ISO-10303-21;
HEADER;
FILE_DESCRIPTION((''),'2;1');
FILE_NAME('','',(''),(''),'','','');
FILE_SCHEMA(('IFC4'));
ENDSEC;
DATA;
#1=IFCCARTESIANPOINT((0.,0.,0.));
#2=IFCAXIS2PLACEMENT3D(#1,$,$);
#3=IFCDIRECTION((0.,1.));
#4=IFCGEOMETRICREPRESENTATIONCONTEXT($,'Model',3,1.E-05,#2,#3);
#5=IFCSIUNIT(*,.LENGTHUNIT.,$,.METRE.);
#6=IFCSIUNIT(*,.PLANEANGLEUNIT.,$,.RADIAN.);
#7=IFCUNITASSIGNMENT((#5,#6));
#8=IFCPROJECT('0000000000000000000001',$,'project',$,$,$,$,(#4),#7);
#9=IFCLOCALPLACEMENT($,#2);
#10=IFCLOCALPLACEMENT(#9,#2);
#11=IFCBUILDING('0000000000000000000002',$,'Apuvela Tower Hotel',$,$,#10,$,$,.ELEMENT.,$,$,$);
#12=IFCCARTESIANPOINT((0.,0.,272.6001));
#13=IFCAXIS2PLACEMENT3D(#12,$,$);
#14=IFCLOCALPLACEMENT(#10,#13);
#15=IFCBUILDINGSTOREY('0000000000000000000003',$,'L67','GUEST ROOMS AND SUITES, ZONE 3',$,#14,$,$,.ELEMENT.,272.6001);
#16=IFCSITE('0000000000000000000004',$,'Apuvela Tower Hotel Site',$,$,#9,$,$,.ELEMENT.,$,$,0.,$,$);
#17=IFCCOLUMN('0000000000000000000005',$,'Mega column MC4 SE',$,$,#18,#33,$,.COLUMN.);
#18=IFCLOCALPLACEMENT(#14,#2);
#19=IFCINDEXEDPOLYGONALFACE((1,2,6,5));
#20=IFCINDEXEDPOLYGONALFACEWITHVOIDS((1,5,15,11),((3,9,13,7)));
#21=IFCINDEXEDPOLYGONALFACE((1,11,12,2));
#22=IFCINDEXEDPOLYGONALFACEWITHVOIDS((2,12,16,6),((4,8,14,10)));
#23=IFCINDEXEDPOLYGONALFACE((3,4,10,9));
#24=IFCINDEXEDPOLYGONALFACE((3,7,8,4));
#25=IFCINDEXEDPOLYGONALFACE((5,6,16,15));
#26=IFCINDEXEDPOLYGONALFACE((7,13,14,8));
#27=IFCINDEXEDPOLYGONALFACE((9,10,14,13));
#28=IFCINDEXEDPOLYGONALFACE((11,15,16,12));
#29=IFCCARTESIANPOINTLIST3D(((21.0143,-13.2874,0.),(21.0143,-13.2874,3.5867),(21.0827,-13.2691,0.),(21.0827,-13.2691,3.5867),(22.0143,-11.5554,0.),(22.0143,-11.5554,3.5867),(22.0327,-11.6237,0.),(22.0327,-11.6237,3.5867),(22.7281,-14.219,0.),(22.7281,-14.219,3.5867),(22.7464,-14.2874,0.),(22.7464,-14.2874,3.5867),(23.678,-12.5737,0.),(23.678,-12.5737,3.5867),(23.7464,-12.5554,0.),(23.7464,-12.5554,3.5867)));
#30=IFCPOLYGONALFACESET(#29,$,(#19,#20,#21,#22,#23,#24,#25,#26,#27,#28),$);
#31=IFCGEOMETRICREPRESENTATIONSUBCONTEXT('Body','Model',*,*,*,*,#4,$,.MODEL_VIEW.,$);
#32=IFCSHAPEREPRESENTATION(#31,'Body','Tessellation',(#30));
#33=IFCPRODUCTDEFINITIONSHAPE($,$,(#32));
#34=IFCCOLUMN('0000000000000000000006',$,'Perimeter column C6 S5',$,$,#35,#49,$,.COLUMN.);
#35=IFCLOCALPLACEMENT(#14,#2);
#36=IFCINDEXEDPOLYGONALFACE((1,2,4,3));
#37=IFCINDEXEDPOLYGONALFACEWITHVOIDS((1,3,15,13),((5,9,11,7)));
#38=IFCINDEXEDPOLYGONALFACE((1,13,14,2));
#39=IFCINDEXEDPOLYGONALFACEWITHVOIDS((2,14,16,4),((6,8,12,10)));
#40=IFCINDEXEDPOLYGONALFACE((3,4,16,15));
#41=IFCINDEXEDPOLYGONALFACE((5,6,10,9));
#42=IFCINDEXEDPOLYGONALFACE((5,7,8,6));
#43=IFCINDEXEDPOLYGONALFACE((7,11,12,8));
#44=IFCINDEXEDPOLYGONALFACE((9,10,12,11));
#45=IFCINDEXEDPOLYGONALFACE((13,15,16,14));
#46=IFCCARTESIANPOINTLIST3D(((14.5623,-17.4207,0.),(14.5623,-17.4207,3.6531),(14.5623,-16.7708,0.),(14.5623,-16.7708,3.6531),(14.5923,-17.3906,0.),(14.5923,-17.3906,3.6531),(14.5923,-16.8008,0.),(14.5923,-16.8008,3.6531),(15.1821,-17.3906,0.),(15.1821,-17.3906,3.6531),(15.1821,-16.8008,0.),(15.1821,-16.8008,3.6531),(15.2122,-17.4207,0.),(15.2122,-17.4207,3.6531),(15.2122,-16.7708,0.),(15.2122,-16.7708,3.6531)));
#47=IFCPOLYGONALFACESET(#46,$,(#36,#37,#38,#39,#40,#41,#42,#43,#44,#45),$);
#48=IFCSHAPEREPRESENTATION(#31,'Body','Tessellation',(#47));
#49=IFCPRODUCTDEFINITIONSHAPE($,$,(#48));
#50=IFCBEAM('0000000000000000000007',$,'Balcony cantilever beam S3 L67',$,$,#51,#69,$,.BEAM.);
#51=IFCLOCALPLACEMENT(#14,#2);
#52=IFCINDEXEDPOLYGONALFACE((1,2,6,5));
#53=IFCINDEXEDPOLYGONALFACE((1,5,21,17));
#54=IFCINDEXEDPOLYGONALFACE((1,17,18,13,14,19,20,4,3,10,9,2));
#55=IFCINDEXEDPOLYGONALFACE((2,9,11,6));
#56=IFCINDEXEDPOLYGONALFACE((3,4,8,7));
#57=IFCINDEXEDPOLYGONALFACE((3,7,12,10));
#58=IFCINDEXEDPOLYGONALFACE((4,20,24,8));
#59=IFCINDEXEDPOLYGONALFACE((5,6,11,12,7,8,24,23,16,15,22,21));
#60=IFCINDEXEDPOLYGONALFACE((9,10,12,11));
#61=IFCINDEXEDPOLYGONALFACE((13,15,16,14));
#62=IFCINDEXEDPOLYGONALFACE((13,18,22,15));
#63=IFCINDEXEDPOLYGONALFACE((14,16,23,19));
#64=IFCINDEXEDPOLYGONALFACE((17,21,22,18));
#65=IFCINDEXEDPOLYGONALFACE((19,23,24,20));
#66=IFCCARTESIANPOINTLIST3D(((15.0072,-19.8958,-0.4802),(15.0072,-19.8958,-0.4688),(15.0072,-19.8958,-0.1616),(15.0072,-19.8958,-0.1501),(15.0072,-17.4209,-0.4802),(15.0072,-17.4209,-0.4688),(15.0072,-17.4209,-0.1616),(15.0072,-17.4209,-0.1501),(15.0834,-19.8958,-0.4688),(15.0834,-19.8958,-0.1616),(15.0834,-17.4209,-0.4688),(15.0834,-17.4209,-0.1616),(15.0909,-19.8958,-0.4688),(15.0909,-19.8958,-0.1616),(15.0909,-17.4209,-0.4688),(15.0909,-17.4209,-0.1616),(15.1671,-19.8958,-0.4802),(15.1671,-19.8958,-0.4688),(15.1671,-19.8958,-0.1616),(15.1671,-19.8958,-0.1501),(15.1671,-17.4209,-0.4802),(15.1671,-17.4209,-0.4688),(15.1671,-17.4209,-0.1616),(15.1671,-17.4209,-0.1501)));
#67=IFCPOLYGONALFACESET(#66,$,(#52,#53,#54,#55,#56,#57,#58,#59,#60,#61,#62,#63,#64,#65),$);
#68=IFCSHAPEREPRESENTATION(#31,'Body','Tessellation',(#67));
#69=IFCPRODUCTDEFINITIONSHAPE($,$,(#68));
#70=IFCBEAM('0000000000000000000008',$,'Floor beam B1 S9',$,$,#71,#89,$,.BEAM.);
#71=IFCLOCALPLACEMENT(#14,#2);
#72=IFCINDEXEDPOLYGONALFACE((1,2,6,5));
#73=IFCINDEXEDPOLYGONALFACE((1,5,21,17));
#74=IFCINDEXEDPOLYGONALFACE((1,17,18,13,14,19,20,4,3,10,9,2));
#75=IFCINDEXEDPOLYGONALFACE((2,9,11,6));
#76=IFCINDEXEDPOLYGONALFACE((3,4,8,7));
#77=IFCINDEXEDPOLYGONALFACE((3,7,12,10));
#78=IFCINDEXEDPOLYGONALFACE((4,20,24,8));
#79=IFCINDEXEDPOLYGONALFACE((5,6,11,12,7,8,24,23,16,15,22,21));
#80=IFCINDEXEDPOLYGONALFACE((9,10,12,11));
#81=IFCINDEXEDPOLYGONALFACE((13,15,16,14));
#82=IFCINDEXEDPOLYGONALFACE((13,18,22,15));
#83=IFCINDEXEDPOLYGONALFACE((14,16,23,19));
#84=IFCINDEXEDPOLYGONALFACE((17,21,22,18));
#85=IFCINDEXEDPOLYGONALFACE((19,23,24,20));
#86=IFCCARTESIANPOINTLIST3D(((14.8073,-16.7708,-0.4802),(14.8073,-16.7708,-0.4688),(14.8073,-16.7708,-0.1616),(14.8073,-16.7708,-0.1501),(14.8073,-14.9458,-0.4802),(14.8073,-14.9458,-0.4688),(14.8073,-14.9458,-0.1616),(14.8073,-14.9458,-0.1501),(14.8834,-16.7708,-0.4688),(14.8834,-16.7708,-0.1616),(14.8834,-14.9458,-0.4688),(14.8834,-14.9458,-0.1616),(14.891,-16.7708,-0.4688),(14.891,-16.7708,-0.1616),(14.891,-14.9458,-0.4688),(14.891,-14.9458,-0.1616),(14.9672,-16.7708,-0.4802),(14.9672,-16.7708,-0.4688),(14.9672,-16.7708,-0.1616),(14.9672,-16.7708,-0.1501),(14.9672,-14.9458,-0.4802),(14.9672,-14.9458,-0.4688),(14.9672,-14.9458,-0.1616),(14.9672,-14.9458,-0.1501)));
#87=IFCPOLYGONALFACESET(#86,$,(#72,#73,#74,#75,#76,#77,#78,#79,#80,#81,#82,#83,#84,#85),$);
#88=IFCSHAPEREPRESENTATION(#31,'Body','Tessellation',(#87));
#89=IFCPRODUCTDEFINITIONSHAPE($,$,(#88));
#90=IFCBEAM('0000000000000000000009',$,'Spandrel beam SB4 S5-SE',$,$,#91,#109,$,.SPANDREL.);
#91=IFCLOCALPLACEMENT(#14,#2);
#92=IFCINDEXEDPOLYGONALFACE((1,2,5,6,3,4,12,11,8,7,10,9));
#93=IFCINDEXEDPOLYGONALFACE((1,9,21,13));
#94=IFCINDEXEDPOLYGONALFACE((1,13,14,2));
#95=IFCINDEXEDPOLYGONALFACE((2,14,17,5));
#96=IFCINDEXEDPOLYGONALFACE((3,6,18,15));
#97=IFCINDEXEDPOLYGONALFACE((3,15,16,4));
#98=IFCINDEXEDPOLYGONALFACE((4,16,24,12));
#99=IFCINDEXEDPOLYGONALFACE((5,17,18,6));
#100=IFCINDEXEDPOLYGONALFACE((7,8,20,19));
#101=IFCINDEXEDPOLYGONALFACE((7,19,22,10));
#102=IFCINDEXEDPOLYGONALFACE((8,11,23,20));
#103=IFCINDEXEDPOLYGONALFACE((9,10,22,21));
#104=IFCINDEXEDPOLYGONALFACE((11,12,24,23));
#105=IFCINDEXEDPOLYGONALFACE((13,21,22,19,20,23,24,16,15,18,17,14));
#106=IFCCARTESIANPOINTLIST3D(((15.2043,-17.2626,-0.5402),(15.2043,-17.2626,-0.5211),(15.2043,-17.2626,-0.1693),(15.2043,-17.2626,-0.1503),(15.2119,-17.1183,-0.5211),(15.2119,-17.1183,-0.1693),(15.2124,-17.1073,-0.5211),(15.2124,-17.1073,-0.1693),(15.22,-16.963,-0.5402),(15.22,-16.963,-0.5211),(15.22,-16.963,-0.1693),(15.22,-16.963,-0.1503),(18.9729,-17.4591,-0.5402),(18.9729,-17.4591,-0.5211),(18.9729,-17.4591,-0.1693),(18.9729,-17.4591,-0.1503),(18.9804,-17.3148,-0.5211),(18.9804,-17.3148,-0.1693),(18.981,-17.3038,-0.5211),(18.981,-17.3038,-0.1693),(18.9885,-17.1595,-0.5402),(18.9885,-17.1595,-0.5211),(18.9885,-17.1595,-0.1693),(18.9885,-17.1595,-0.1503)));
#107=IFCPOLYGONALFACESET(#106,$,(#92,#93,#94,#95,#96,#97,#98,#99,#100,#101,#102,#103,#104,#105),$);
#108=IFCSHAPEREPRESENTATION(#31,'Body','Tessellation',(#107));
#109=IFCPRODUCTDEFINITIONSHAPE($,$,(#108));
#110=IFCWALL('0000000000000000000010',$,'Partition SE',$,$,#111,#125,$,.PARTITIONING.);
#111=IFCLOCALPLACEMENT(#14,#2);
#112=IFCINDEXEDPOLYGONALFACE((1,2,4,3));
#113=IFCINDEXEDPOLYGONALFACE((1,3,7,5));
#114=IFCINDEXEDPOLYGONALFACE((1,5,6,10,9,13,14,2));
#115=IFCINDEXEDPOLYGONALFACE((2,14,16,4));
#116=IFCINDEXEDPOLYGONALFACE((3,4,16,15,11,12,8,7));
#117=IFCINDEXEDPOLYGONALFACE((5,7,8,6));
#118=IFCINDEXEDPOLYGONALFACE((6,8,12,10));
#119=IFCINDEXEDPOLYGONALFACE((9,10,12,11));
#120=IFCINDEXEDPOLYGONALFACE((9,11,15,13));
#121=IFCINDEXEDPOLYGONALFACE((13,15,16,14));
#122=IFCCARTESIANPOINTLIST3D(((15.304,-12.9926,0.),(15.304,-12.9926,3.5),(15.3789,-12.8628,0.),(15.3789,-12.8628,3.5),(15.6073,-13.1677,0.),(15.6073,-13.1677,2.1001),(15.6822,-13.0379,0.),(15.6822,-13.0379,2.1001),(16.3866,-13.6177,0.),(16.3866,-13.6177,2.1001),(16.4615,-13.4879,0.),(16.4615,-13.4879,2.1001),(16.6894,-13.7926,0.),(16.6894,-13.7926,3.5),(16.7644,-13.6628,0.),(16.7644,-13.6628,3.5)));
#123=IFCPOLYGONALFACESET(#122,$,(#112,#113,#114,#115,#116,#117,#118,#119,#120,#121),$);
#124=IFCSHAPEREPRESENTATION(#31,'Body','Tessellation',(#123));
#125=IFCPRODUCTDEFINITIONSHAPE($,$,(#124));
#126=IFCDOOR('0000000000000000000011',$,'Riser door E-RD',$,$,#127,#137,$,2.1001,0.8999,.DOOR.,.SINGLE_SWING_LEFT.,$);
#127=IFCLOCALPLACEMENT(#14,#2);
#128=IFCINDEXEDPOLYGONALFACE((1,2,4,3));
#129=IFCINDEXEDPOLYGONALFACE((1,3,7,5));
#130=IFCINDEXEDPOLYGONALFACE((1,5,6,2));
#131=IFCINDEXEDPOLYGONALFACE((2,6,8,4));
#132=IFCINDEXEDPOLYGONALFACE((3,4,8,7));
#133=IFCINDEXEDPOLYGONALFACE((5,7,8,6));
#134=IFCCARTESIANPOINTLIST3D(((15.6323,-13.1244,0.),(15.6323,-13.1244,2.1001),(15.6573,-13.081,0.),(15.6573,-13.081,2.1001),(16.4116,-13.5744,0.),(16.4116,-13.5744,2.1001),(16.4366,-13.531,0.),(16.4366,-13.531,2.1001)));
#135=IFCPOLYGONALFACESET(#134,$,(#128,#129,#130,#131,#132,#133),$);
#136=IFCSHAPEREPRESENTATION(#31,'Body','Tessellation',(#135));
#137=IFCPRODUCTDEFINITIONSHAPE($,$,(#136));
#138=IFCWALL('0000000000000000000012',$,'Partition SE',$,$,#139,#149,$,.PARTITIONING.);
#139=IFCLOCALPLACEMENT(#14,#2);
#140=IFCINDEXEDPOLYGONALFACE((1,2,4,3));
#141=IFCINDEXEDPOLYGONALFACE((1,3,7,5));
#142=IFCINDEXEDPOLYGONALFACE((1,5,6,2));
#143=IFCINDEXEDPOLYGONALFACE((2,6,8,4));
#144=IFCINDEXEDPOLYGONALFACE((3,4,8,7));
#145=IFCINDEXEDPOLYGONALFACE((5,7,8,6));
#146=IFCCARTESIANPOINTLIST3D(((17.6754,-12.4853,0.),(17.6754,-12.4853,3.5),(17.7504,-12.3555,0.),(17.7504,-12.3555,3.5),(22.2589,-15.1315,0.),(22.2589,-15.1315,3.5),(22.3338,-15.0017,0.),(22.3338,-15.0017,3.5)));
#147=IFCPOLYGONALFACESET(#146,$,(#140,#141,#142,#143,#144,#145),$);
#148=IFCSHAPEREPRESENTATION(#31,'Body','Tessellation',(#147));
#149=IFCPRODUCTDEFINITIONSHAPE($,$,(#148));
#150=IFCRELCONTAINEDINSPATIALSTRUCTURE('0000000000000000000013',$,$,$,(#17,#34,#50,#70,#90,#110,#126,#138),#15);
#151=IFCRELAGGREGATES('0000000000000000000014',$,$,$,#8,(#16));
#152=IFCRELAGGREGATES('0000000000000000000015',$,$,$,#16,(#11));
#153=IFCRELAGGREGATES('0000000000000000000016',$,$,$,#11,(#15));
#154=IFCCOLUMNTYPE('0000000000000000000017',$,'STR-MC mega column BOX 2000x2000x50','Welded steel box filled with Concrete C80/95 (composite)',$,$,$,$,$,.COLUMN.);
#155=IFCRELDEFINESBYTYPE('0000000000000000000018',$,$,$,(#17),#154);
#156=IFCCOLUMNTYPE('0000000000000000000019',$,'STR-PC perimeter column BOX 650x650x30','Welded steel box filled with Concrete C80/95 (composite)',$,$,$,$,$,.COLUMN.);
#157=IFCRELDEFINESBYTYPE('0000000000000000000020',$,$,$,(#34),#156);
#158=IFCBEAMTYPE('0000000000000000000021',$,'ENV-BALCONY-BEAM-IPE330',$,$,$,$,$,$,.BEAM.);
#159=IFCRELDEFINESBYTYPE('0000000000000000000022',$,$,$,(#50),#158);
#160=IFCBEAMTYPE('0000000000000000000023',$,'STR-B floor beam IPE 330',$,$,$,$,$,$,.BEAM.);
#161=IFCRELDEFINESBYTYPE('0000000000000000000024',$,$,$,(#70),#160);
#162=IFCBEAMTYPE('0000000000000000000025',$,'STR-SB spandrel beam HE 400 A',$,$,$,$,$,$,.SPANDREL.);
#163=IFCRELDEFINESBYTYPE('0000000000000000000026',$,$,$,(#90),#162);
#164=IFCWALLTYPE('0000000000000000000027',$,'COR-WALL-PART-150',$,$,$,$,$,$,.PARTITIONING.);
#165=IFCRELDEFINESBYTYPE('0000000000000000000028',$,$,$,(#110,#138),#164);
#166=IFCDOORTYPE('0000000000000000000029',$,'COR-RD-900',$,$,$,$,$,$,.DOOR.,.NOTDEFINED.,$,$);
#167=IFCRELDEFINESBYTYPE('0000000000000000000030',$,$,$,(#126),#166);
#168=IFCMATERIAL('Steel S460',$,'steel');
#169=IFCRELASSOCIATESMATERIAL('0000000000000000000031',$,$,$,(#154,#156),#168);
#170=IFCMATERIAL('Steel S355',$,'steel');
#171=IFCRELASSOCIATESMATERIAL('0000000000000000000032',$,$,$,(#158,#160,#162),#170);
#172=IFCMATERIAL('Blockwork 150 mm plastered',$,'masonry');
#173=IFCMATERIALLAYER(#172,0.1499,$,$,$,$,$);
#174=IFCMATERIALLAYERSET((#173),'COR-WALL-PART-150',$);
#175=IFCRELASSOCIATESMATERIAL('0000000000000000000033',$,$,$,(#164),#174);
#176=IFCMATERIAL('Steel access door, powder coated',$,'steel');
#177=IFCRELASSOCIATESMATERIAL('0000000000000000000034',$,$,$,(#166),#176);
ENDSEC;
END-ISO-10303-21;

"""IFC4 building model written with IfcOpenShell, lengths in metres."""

from ifc_helpers import new_model, si_unit, direction, frame, frame_2d, origin, origin_2d, place, context, subcontext, project, spatial, rectangle, hollow_rectangle, i_section, extrude, boolean, halfspace, material, layer, layer_set, material_profile, profile_set, type_object, element, fill, save


model = new_model("IFC4")

# Units and contexts
model_context = context("Model", 3, precision=1e-05, world=origin(), true_north=direction((0.0, 1.0)))
body_context = subcontext(model_context, "Body", "Model", "MODEL_VIEW")
ifc_project = project(units=[si_unit("LENGTHUNIT", "METRE"), si_unit("PLANEANGLEUNIT", "RADIAN")], contexts=[model_context])

# Site, building, storey
site_placement = place(None, origin())
site = spatial("IfcSite", under=ifc_project, at=site_placement, Name="Apuvela Tower Hotel Site", CompositionType="ELEMENT", RefElevation=0.0)
building_placement = place(site_placement, origin())
building = spatial("IfcBuilding", under=site, at=building_placement, Name="Apuvela Tower Hotel", CompositionType="ELEMENT")
storey_placement = place(building_placement, frame((0.0, 0.0, 272.6001)))
storey = spatial("IfcBuildingStorey", under=building, at=storey_placement, Name="L67", Description="GUEST ROOMS AND SUITES, ZONE 3", CompositionType="ELEMENT", Elevation=272.6001)

# Columns
ifc_material_1 = material(Name="Steel S460", Category="steel")
ifc_material_profile_1 = material_profile(ifc_material_1, hollow_rectangle(XDim=2.0, YDim=2.0, WallThickness=0.05, at=origin_2d()), Name="BOX 2000x2000x50")
ifc_material_2 = material(Name="Concrete C80/95", Category="concrete")
ifc_material_profile_2 = material_profile(ifc_material_2, rectangle(XDim=1.8999, YDim=1.8999, at=origin_2d()), Name="Concrete C80/95 infill")
ifc_profile_set_1 = profile_set([ifc_material_profile_1, ifc_material_profile_2], Name="Steel S460")
column_type_1 = type_object("IfcColumnType", Name="STR-MC mega column BOX 2000x2000x50", Description="Welded steel box filled with Concrete C80/95 (composite)", PredefinedType="COLUMN", material=ifc_profile_set_1)
column_1_placement = place(storey_placement, frame((22.3804, -12.9214, 0.0), z_axis=(0.0, 0.0, 1.0), x_axis=(0.5, 0.866025, 0.0)))
element("IfcColumn", 1, at=column_1_placement, inside=storey, type_object=column_type_1, Name="Mega column MC4 SE", PredefinedType="COLUMN", context=body_context, shape_type="SweptSolid", body=[
    boolean("DIFFERENCE", extrude(hollow_rectangle(XDim=2.0, YDim=2.0, WallThickness=0.05, at=origin_2d()), origin(), (0.0, 0.0, 1.0), 3.7), halfspace(frame((0.0, 0.0, 3.5867), z_axis=(0.0, 0.0, 1.0), x_axis=(1.0, 0.0, 0.0)), False)),
])
ifc_material_profile_3 = material_profile(ifc_material_1, hollow_rectangle(XDim=0.6499, YDim=0.6499, WallThickness=0.03, at=origin_2d()), Name="BOX 650x650x30")
ifc_material_profile_4 = material_profile(ifc_material_2, rectangle(XDim=0.5901, YDim=0.5901, at=origin_2d()), Name="Concrete C80/95 infill")
ifc_profile_set_2 = profile_set([ifc_material_profile_3, ifc_material_profile_4], Name="Steel S460")
column_type_2 = type_object("IfcColumnType", Name="STR-PC perimeter column BOX 650x650x30", Description="Welded steel box filled with Concrete C80/95 (composite)", PredefinedType="COLUMN", material=ifc_profile_set_2)
column_2_placement = place(storey_placement, frame((14.8872, -17.0957, 0.0), z_axis=(0.0, 0.0, 1.0), x_axis=(-1.0, 0.0, 0.0)))
element("IfcColumn", 2, at=column_2_placement, inside=storey, type_object=column_type_2, Name="Perimeter column C6 S5", PredefinedType="COLUMN", context=body_context, shape_type="SweptSolid", body=[
    boolean("DIFFERENCE", extrude(hollow_rectangle(XDim=0.6499, YDim=0.6499, WallThickness=0.03, at=origin_2d()), origin(), (0.0, 0.0, 1.0), 3.7), halfspace(frame((0.0, 0.0, 3.6531), z_axis=(0.0, 0.0, 1.0), x_axis=(1.0, 0.0, 0.0)), False)),
])

# Beams
ifc_material_3 = material(Name="Steel S355", Category="steel")
ifc_material_profile_5 = material_profile(ifc_material_3, i_section(OverallWidth=0.1599, OverallDepth=0.3301, WebThickness=0.0076, FlangeThickness=0.0115, at=origin_2d()), Name="IPE 330")
ifc_profile_set_3 = profile_set([ifc_material_profile_5], Name="Steel S355")
beam_type_1 = type_object("IfcBeamType", Name="ENV-BALCONY-BEAM-IPE330", PredefinedType="BEAM", material=ifc_profile_set_3)
beam_1_placement = place(storey_placement, frame((15.0872, -17.4209, -0.3152), z_axis=(0.0, -1.0, 0.0), x_axis=(1.0, 0.0, 0.0)))
element("IfcBeam", 3, at=beam_1_placement, inside=storey, type_object=beam_type_1, Name="Balcony cantilever beam S3 L67", PredefinedType="BEAM", context=body_context, shape_type="SweptSolid", body=[
    extrude(i_section(OverallWidth=0.1599, OverallDepth=0.3301, WebThickness=0.0076, FlangeThickness=0.0115, at=origin_2d()), origin(), (0.0, 0.0, 1.0), 2.4749),
])
ifc_material_profile_6 = material_profile(ifc_material_3, i_section(OverallWidth=0.1599, OverallDepth=0.3301, WebThickness=0.0076, FlangeThickness=0.0115, at=origin_2d()), Name="IPE 330")
ifc_profile_set_4 = profile_set([ifc_material_profile_6], Name="Steel S355")
beam_type_2 = type_object("IfcBeamType", Name="STR-B floor beam IPE 330", PredefinedType="BEAM", material=ifc_profile_set_4)
beam_2_placement = place(storey_placement, frame((14.8872, -16.7708, -0.3152), z_axis=(0.0, 1.0, 0.0), x_axis=(-1.0, 0.0, 0.0)))
element("IfcBeam", 4, at=beam_2_placement, inside=storey, type_object=beam_type_2, Name="Floor beam B1 S9", PredefinedType="BEAM", context=body_context, shape_type="SweptSolid", body=[
    extrude(i_section(OverallWidth=0.1599, OverallDepth=0.3301, WebThickness=0.0076, FlangeThickness=0.0115, at=origin_2d()), origin(), (0.0, 0.0, 1.0), 1.825),
])
ifc_material_profile_7 = material_profile(ifc_material_3, i_section(OverallWidth=0.3, OverallDepth=0.3899, WebThickness=0.011, FlangeThickness=0.019, at=origin_2d()), Name="HE 400 A")
ifc_profile_set_5 = profile_set([ifc_material_profile_7], Name="Steel S355")
beam_type_3 = type_object("IfcBeamType", Name="STR-SB spandrel beam HE 400 A", PredefinedType="SPANDREL", material=ifc_profile_set_5)
beam_3_placement = place(storey_placement, frame((15.2122, -17.1128, -0.3452), z_axis=(0.998643, -0.05208, 0.0), x_axis=(0.05208, 0.998643, 0.0)))
element("IfcBeam", 5, at=beam_3_placement, inside=storey, type_object=beam_type_3, Name="Spandrel beam SB4 S5-SE", PredefinedType="SPANDREL", context=body_context, shape_type="SweptSolid", body=[
    extrude(i_section(OverallWidth=0.3, OverallDepth=0.3899, WebThickness=0.011, FlangeThickness=0.019, at=origin_2d()), origin(), (0.0, 0.0, 1.0), 3.7737),
])

# Wall, opening, door
ifc_material_4 = material(Name="Blockwork 150 mm plastered", Category="masonry")
ifc_layer_1 = layer(ifc_material_4, 0.1499)
ifc_layer_set_1 = layer_set([ifc_layer_1], Name="COR-WALL-PART-150")
wall_type_1 = type_object("IfcWallType", Name="COR-WALL-PART-150", PredefinedType="PARTITIONING", material=ifc_layer_set_1)
wall_1_placement = place(storey_placement, frame((15.3416, -12.9277, 0.0), z_axis=(0.0, 0.0, 1.0), x_axis=(0.86599, -0.500061, 0.0)))
wall_1 = element("IfcWall", 6, at=wall_1_placement, inside=storey, type_object=wall_type_1, Name="Partition SE", PredefinedType="PARTITIONING", context=body_context, shape_type="SweptSolid", body=[
    extrude(rectangle(XDim=1.5999, YDim=0.1499, at=frame_2d((0.7998, 0.0))), origin(), (0.0, 0.0, 1.0), 3.5),
])
opening_1_placement = place(wall_1_placement, frame((0.3501, 0.0, 0.0)))
opening_1 = element("IfcOpeningElement", 7, at=opening_1_placement, cuts=wall_1, PredefinedType="OPENING", context=body_context, shape_type="SweptSolid", body=[
    extrude(rectangle(XDim=0.8999, YDim=2.1001, at=frame_2d((0.45, 1.05))), frame((0.0, 0.085, 0.0), z_axis=(0.0, -1.0, 0.0), x_axis=(1.0, 0.0, 0.0)), (0.0, 0.0, 1.0), 0.1699),
])
ifc_material_5 = material(Name="Steel access door, powder coated", Category="steel")
door_type_1 = type_object("IfcDoorType", Name="COR-RD-900", OperationType="NOTDEFINED", PredefinedType="DOOR", material=ifc_material_5)
door_1_placement = place(opening_1_placement, frame((0.8999, 0.0, 0.0), z_axis=(0.0, 0.0, 1.0), x_axis=(-1.0, 0.0, 0.0)))
door_1 = element("IfcDoor", 8, at=door_1_placement, inside=storey, type_object=door_type_1, Name="Riser door E-RD", OperationType="SINGLE_SWING_LEFT", OverallHeight=2.1001, OverallWidth=0.8999, PredefinedType="DOOR", context=body_context, shape_type="SweptSolid", body=[
    extrude(rectangle(XDim=0.8999, YDim=2.1001, at=frame_2d((0.45, 1.05))), frame((0.0, 0.0249, 0.0), z_axis=(0.0, -1.0, 0.0), x_axis=(1.0, 0.0, 0.0)), (0.0, 0.0, 1.0), 0.05),
])
fill(opening_1, door_1)

# Wall
wall_2_placement = place(storey_placement, frame((17.7129, -12.4204, 0.0), z_axis=(0.0, 0.0, 1.0), x_axis=(0.866029, -0.499994, 0.0)))
element("IfcWall", 9, at=wall_2_placement, inside=storey, type_object=wall_type_1, Name="Partition SE", PredefinedType="PARTITIONING", context=body_context, shape_type="SweptSolid", body=[
    extrude(rectangle(XDim=5.2925, YDim=0.1499, at=frame_2d((2.6462, 0.0))), origin(), (0.0, 0.0, 1.0), 3.5),
])

save(model, "model.ifc")
